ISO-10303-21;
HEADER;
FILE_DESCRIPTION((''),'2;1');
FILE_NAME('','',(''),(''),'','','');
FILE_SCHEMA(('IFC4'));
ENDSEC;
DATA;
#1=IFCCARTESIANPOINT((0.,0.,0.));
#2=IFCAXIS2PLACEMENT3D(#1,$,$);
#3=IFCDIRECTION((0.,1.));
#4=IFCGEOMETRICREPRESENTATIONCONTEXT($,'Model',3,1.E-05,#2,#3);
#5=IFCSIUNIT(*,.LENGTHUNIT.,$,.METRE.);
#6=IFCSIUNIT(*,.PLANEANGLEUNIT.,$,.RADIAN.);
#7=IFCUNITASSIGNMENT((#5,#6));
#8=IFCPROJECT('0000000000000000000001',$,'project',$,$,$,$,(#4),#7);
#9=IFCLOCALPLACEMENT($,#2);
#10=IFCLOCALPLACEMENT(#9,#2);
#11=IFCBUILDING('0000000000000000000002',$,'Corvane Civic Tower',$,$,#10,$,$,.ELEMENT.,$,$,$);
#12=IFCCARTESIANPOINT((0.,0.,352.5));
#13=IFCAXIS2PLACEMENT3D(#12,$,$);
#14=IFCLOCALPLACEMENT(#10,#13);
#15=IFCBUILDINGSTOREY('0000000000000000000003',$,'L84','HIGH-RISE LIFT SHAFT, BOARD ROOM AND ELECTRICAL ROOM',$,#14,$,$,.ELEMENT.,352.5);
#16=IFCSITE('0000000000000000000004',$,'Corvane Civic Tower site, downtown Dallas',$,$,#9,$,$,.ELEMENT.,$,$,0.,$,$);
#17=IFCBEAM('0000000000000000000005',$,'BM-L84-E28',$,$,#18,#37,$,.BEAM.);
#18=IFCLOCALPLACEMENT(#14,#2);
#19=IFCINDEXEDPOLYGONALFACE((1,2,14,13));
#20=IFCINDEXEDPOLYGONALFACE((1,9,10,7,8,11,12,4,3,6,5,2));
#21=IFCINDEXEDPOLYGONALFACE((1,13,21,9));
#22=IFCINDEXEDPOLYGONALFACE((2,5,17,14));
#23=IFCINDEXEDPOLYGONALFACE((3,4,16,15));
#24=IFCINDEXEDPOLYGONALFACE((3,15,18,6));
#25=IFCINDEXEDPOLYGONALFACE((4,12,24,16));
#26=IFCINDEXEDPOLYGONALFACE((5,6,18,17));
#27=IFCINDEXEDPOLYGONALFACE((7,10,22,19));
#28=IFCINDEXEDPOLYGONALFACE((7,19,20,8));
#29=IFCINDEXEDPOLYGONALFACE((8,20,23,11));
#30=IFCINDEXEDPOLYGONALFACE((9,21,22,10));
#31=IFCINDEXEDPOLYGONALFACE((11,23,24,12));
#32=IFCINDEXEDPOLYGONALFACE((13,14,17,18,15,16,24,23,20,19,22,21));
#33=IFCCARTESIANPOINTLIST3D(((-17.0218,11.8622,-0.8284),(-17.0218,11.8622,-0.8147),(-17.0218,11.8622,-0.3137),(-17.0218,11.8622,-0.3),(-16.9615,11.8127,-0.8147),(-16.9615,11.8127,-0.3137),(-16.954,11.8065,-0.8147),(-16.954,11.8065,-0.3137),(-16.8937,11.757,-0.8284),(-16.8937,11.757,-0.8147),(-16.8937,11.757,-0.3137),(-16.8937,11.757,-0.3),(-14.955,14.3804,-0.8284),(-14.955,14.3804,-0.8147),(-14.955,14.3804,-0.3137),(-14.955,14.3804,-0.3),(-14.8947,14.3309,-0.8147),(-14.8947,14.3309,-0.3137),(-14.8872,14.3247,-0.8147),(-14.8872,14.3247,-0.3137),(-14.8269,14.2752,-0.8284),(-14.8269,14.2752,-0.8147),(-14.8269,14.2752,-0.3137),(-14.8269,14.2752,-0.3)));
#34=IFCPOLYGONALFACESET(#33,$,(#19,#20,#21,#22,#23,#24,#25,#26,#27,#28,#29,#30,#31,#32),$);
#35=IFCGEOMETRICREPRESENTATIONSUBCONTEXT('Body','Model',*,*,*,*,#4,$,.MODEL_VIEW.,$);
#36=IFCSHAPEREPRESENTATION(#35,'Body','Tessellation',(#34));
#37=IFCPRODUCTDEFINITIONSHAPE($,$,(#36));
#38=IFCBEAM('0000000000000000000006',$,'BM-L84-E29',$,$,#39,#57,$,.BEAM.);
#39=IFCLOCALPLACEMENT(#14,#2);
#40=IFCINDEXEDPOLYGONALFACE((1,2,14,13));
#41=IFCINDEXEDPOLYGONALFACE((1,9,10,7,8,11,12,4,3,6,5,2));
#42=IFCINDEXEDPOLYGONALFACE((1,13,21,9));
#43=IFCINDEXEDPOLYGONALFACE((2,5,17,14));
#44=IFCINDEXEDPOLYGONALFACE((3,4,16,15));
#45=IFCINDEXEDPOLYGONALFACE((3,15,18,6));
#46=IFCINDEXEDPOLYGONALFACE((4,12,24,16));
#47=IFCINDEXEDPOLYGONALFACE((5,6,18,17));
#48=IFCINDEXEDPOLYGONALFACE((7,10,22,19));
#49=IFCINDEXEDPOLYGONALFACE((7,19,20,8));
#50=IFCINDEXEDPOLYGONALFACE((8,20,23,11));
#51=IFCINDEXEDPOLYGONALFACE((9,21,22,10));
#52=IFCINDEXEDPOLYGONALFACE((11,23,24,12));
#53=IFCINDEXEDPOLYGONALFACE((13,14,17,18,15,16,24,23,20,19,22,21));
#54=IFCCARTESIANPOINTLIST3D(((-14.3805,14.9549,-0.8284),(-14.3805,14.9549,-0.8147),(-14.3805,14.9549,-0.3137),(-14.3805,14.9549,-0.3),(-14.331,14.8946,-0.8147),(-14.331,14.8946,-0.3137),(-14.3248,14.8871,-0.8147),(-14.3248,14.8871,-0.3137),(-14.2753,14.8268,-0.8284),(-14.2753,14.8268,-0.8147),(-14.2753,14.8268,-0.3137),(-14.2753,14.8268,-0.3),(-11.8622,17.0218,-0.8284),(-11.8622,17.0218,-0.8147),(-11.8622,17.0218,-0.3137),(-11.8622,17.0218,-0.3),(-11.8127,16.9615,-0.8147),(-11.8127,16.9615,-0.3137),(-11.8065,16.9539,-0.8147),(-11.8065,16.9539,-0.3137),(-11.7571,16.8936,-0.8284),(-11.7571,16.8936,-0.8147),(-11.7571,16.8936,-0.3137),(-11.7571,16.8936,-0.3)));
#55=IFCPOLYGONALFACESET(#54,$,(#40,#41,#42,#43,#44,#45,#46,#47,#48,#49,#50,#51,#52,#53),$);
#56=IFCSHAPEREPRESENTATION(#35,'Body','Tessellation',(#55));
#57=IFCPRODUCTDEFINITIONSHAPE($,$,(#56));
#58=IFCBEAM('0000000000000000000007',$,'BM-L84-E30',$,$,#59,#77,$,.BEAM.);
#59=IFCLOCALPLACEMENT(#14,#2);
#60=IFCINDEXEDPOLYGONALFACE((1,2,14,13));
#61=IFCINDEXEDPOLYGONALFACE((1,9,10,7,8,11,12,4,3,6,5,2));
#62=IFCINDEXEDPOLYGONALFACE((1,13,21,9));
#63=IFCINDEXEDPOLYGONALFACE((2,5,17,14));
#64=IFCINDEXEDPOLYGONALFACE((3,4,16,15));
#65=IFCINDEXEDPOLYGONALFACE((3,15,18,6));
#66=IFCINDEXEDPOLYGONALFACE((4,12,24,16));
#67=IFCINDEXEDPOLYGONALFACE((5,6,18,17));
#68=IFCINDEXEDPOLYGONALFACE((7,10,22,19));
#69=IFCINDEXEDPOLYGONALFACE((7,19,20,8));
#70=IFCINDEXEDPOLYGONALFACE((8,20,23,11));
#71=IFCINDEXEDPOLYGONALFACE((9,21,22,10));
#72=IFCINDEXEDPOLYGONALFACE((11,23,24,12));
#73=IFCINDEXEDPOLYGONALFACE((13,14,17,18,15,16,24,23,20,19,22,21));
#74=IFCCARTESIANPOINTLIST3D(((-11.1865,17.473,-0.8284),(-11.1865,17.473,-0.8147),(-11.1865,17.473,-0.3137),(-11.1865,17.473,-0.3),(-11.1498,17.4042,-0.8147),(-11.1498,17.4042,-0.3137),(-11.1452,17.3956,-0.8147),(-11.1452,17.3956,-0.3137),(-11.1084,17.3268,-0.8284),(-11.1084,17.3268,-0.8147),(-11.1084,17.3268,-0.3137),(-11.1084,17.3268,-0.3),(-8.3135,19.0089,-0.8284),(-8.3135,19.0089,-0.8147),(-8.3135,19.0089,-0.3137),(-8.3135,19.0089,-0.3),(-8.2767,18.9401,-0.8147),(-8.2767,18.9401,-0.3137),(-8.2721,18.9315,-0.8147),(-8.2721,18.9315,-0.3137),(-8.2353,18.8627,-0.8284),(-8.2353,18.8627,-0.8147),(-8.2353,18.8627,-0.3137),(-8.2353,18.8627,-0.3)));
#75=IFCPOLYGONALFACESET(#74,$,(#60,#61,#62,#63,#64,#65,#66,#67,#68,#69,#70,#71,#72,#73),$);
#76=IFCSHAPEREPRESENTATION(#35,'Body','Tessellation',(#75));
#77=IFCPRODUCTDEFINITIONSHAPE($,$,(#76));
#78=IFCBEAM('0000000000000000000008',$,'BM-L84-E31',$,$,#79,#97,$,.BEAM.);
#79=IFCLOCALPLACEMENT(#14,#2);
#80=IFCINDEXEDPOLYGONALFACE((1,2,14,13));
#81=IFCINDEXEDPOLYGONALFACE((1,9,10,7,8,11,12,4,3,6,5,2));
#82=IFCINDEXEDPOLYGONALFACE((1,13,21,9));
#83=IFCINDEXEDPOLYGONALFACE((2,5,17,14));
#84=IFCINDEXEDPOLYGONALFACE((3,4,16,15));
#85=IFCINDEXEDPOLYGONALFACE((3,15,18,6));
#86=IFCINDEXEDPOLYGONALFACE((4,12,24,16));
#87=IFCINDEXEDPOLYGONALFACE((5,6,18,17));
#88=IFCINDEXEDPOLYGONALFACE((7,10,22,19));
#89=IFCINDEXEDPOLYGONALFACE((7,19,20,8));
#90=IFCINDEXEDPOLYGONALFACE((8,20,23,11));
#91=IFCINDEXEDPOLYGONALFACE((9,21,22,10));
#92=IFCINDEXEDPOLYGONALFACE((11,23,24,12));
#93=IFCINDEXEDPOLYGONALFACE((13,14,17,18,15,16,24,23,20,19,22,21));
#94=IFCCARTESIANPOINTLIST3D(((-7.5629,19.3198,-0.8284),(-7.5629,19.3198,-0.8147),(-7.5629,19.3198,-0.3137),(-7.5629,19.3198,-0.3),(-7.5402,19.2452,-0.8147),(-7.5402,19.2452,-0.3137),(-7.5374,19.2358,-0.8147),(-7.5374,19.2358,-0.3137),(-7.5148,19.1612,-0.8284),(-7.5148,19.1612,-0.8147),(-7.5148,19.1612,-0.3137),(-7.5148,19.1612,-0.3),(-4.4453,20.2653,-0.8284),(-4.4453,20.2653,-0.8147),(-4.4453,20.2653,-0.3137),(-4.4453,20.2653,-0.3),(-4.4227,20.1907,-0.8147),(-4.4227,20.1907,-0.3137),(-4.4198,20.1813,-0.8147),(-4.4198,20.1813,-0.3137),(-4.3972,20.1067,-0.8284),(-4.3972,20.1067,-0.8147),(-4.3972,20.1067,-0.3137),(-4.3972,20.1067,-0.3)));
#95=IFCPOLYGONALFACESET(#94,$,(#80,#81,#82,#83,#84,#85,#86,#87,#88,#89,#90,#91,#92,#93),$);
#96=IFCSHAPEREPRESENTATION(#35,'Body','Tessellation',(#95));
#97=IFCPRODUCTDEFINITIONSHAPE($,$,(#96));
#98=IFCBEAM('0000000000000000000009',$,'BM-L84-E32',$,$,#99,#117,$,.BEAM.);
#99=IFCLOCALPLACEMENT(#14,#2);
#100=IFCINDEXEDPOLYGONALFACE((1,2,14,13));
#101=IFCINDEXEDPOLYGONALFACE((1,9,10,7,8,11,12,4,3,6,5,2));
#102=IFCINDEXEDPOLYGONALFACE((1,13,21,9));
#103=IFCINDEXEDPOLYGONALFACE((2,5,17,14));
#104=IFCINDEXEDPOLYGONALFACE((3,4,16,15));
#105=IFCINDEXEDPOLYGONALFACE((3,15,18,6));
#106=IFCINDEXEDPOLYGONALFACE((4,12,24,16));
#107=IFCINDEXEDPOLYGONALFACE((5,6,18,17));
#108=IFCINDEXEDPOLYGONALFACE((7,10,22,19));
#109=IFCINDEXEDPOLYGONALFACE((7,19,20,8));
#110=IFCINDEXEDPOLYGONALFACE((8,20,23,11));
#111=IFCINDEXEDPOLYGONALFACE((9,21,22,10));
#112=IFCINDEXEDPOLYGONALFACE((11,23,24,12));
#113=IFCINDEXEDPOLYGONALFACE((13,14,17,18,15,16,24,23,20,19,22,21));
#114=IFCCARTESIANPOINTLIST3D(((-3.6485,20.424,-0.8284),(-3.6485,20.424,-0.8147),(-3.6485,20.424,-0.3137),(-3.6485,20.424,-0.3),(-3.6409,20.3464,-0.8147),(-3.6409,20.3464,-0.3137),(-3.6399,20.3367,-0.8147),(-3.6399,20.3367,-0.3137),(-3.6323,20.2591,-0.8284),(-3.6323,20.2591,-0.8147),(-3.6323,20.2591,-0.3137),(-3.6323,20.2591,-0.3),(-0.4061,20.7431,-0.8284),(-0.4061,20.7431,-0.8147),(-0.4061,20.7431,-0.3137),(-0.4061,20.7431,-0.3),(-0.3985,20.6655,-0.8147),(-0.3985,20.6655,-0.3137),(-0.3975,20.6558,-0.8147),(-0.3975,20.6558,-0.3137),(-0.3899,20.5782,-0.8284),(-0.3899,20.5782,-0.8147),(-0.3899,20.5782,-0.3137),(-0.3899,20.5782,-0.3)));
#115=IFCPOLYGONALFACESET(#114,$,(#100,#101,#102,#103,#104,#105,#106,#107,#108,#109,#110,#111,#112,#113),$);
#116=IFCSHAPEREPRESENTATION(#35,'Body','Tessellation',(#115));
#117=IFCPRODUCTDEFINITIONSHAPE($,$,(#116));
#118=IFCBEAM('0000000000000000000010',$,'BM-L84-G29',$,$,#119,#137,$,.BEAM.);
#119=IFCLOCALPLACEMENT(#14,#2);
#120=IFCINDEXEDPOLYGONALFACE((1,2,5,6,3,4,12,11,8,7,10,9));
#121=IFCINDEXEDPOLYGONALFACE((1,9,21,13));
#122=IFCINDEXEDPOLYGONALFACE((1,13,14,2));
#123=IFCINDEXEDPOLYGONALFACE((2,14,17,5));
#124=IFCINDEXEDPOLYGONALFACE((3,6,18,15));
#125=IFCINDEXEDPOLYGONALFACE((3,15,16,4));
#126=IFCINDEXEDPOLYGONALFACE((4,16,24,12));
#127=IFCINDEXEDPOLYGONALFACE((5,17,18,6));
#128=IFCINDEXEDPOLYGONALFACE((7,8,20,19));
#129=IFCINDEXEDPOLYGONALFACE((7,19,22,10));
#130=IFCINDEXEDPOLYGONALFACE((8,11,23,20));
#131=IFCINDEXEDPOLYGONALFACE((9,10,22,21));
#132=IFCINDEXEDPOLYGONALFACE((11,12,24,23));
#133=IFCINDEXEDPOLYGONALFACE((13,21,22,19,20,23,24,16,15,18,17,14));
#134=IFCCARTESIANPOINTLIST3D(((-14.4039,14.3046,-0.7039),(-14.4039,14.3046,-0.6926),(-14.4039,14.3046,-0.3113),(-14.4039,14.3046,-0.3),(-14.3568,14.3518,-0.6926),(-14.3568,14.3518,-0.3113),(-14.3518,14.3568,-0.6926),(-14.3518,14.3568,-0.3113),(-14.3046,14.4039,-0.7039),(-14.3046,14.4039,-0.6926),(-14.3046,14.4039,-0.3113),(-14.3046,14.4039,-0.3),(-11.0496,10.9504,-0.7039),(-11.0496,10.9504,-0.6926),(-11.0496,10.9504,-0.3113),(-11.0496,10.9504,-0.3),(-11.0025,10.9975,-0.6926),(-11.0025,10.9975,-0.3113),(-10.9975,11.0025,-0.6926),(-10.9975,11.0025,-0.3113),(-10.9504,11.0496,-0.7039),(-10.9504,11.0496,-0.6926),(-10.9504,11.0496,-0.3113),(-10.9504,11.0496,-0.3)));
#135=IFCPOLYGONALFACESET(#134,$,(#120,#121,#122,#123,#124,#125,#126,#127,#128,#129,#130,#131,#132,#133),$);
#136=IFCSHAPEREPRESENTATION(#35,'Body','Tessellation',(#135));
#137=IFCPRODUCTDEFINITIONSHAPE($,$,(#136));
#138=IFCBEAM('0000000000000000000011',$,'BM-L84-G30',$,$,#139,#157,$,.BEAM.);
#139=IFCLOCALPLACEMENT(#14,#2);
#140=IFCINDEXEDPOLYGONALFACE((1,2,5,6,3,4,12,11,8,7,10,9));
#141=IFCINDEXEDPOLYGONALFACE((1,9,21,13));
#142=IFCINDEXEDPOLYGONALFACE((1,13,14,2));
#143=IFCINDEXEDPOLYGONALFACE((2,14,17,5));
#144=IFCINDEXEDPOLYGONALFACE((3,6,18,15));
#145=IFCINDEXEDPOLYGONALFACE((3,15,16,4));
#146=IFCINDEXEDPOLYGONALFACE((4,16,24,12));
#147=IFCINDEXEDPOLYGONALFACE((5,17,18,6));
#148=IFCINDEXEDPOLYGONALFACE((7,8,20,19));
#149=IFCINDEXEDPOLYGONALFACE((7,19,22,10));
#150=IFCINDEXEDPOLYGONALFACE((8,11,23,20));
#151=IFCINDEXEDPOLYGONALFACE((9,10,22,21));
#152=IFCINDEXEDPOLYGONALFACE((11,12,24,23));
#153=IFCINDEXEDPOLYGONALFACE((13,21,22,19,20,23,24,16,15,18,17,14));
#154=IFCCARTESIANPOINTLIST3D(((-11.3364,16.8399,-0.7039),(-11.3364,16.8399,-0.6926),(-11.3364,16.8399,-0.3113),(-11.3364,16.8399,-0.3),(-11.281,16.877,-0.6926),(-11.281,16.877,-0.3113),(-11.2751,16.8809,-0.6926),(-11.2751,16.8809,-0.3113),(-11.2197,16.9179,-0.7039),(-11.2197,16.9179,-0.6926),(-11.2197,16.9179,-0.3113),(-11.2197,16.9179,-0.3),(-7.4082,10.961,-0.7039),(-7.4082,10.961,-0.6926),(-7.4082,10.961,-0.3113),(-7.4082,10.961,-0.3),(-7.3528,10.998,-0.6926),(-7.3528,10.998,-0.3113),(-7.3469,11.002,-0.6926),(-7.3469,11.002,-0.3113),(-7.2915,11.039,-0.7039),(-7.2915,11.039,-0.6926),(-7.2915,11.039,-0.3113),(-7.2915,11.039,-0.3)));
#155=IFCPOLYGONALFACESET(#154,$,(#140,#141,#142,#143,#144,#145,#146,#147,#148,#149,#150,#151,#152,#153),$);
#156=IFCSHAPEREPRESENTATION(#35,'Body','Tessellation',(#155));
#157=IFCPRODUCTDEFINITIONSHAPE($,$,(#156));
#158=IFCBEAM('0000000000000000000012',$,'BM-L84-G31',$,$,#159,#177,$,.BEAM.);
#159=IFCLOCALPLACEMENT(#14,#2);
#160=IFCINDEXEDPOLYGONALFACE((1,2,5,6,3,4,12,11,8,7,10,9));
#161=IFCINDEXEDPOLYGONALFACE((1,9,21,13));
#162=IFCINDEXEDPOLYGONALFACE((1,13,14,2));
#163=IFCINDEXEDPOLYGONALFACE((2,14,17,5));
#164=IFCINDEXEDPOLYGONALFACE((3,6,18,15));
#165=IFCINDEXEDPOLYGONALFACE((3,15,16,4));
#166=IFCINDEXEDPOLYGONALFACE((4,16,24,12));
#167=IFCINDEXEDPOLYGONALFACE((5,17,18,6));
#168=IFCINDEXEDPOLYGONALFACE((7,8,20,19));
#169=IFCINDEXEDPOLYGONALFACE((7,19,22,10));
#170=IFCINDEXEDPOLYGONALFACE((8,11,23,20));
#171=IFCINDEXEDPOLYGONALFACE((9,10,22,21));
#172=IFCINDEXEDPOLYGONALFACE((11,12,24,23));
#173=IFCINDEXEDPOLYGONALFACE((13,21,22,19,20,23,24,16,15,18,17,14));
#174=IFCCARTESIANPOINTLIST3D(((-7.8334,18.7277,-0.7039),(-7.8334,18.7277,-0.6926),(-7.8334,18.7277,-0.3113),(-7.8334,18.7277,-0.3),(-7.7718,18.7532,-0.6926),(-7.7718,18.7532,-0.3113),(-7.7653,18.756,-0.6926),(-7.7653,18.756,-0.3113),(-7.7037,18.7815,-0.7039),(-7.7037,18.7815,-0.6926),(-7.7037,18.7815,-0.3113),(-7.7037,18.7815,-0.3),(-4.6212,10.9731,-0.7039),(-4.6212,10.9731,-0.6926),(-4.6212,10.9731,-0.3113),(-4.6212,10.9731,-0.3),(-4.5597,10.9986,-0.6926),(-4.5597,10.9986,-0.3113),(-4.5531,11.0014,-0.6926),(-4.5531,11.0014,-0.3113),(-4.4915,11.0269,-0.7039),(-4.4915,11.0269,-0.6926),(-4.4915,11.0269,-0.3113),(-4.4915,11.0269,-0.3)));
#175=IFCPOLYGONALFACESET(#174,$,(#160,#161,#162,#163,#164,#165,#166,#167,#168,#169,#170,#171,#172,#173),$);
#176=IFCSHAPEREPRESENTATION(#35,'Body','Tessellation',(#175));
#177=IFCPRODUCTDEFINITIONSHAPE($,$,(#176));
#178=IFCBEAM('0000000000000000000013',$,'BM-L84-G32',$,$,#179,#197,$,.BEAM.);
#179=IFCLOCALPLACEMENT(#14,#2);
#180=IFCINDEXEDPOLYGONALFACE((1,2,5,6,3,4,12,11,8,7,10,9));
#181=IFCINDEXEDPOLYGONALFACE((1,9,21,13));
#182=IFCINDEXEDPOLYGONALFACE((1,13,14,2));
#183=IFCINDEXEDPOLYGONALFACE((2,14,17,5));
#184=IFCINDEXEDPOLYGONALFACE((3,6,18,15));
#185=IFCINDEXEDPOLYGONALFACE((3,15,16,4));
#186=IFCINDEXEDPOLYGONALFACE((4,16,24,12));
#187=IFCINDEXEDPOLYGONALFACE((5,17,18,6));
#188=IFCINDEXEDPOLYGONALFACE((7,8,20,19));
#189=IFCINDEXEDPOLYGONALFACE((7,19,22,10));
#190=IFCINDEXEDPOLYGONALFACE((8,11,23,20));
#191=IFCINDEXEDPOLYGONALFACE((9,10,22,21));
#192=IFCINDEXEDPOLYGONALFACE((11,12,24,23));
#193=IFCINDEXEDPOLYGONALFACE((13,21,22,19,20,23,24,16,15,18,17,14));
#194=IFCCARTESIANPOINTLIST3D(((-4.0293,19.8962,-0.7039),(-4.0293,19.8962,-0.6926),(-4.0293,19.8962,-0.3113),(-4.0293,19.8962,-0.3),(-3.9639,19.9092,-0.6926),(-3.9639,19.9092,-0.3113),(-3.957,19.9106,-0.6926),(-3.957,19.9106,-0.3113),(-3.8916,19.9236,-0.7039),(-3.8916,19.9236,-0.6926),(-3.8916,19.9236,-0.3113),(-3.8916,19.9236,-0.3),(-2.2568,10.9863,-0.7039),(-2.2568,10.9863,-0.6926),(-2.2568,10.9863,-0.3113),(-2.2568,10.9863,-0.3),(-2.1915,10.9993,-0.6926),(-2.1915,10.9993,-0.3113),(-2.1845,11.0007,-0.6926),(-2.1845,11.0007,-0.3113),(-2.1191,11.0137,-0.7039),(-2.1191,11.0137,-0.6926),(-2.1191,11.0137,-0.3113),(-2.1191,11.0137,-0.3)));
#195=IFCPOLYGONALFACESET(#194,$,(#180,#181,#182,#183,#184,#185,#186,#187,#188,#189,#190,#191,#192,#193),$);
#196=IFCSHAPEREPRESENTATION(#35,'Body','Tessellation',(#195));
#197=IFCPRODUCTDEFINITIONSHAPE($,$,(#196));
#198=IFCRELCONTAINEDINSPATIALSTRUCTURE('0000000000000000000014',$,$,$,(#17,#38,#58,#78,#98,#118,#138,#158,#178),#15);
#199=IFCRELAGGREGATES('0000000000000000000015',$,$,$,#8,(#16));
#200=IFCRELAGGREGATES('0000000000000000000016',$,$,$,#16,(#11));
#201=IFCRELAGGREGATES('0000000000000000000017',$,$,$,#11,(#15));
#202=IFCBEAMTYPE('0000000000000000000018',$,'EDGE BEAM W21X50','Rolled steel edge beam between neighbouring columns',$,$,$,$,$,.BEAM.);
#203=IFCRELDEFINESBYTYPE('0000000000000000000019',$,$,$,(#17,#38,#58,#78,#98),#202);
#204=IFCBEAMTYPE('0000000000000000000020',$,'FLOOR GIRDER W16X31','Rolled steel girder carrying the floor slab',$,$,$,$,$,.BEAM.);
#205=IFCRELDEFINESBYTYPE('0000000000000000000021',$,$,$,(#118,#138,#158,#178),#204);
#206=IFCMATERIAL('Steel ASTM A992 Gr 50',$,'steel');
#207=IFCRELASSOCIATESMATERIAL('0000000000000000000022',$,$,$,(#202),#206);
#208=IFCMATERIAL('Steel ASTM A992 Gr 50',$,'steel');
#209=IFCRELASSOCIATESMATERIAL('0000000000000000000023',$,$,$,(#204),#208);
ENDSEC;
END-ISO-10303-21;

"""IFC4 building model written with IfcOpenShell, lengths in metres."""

from ifc_helpers import new_model, si_unit, direction, frame, origin, origin_2d, place, context, subcontext, project, spatial, i_section, extrude, material, material_profile, profile_set, type_object, element, save


model = new_model("IFC4")

# Units and contexts
model_context = context("Model", 3, precision=1e-05, world=origin(), true_north=direction((0.0, 1.0)))
body_context = subcontext(model_context, "Body", "Model", "MODEL_VIEW")
ifc_project = project(units=[si_unit("LENGTHUNIT", "METRE"), si_unit("PLANEANGLEUNIT", "RADIAN")], contexts=[model_context])

# Site, building, storey
site_placement = place(None, origin())
site = spatial("IfcSite", under=ifc_project, at=site_placement, Name="Corvane Civic Tower site, downtown Dallas", CompositionType="ELEMENT", RefElevation=0.0)
building_placement = place(site_placement, origin())
building = spatial("IfcBuilding", under=site, at=building_placement, Name="Corvane Civic Tower", CompositionType="ELEMENT")
storey_placement = place(building_placement, frame((0.0, 0.0, 352.5)))
storey = spatial("IfcBuildingStorey", under=building, at=storey_placement, Name="L84", Description="HIGH-RISE LIFT SHAFT, BOARD ROOM AND ELECTRICAL ROOM", CompositionType="ELEMENT", Elevation=352.5)

# Beams
ifc_material_1 = material(Name="Steel ASTM A992 Gr 50", Category="steel")
ifc_material_profile_1 = material_profile(ifc_material_1, i_section(OverallWidth=0.1658, OverallDepth=0.5283, WebThickness=0.0098, FlangeThickness=0.0137, at=origin_2d()), Name="W21X50")
ifc_profile_set_1 = profile_set([ifc_material_profile_1], Name="Steel ASTM A992 Gr 50")
beam_type_1 = type_object("IfcBeamType", Name="EDGE BEAM W21X50", Description="Rolled steel edge beam between neighbouring columns", PredefinedType="BEAM", material=ifc_profile_set_1)
for number, where, z_axis, x_axis, name in (
    (1, (-16.9578, 11.8096, -0.5642), (0.634425, 0.772985, 0.0), (-0.772985, 0.634425, 0.0), "BM-L84-E28"),
    (2, (-14.3279, 14.8909, -0.5642), (0.772985, 0.634425, 0.0), (-0.634425, 0.772985, 0.0), "BM-L84-E29"),
    (3, (-11.1475, 17.3999, -0.5642), (0.881894, 0.471448, 0.0), (-0.471448, 0.881894, 0.0), "BM-L84-E30"),
    (4, (-7.5388, 19.2405, -0.5642), (0.956956, 0.290234, 0.0), (-0.290234, 0.956956, 0.0), "BM-L84-E31"),
):
    element("IfcBeam", number, at=place(storey_placement, frame(where, z_axis=z_axis, x_axis=x_axis)), inside=storey, type_object=beam_type_1, Name=name, PredefinedType="BEAM", context=body_context, shape_type="SweptSolid", body=[
        extrude(i_section(OverallWidth=0.1658, OverallDepth=0.5283, WebThickness=0.0098, FlangeThickness=0.0137, at=origin_2d()), origin(), (0.0, 0.0, 1.0), 3.2578),
    ])
beam_1_placement = place(storey_placement, frame((-3.6404, 20.3416, -0.5642), z_axis=(0.995193, 0.097938, 0.0), x_axis=(-0.097938, 0.995193, 0.0)))
element("IfcBeam", 5, at=beam_1_placement, inside=storey, type_object=beam_type_1, Name="BM-L84-E32", PredefinedType="BEAM", context=body_context, shape_type="SweptSolid", body=[
    extrude(i_section(OverallWidth=0.1658, OverallDepth=0.5283, WebThickness=0.0098, FlangeThickness=0.0137, at=origin_2d()), origin(), (0.0, 0.0, 1.0), 3.2581),
])
ifc_material_2 = material(Name="Steel ASTM A992 Gr 50", Category="steel")
ifc_material_profile_2 = material_profile(ifc_material_2, i_section(OverallWidth=0.1404, OverallDepth=0.4038, WebThickness=0.0071, FlangeThickness=0.0112, at=origin_2d()), Name="W16X31")
ifc_profile_set_2 = profile_set([ifc_material_profile_2], Name="Steel ASTM A992 Gr 50")
beam_type_2 = type_object("IfcBeamType", Name="FLOOR GIRDER W16X31", Description="Rolled steel girder carrying the floor slab", PredefinedType="BEAM", material=ifc_profile_set_2)
beam_2_placement = place(storey_placement, frame((-11.0, 11.0, -0.502), z_axis=(-0.707107, 0.707107, 0.0), x_axis=(-0.707107, -0.707107, 0.0)))
element("IfcBeam", 6, at=beam_2_placement, inside=storey, type_object=beam_type_2, Name="BM-L84-G29", PredefinedType="BEAM", context=body_context, shape_type="SweptSolid", body=[
    extrude(i_section(OverallWidth=0.1404, OverallDepth=0.4038, WebThickness=0.0071, FlangeThickness=0.0112, at=origin_2d()), origin(), (0.0, 0.0, 1.0), 4.7437),
])
beam_3_placement = place(storey_placement, frame((-7.3499, 11.0, -0.502), z_axis=(-0.555576, 0.831465, 0.0), x_axis=(-0.831465, -0.555576, 0.0)))
element("IfcBeam", 7, at=beam_3_placement, inside=storey, type_object=beam_type_2, Name="BM-L84-G30", PredefinedType="BEAM", context=body_context, shape_type="SweptSolid", body=[
    extrude(i_section(OverallWidth=0.1404, OverallDepth=0.4038, WebThickness=0.0071, FlangeThickness=0.0112, at=origin_2d()), origin(), (0.0, 0.0, 1.0), 7.0706),
])
beam_4_placement = place(storey_placement, frame((-4.5564, 11.0, -0.502), z_axis=(-0.382692, 0.923876, 0.0), x_axis=(-0.923876, -0.382692, 0.0)))
element("IfcBeam", 8, at=beam_4_placement, inside=storey, type_object=beam_type_2, Name="BM-L84-G31", PredefinedType="BEAM", context=body_context, shape_type="SweptSolid", body=[
    extrude(i_section(OverallWidth=0.1404, OverallDepth=0.4038, WebThickness=0.0071, FlangeThickness=0.0112, at=origin_2d()), origin(), (0.0, 0.0, 1.0), 8.3936),
])
beam_5_placement = place(storey_placement, frame((-2.188, 11.0, -0.502), z_axis=(-0.195108, 0.980782, 0.0), x_axis=(-0.980782, -0.195108, 0.0)))
element("IfcBeam", 9, at=beam_5_placement, inside=storey, type_object=beam_type_2, Name="BM-L84-G32", PredefinedType="BEAM", context=body_context, shape_type="SweptSolid", body=[
    extrude(i_section(OverallWidth=0.1404, OverallDepth=0.4038, WebThickness=0.0071, FlangeThickness=0.0112, at=origin_2d()), origin(), (0.0, 0.0, 1.0), 9.0845),
])

save(model, "model.ifc")
